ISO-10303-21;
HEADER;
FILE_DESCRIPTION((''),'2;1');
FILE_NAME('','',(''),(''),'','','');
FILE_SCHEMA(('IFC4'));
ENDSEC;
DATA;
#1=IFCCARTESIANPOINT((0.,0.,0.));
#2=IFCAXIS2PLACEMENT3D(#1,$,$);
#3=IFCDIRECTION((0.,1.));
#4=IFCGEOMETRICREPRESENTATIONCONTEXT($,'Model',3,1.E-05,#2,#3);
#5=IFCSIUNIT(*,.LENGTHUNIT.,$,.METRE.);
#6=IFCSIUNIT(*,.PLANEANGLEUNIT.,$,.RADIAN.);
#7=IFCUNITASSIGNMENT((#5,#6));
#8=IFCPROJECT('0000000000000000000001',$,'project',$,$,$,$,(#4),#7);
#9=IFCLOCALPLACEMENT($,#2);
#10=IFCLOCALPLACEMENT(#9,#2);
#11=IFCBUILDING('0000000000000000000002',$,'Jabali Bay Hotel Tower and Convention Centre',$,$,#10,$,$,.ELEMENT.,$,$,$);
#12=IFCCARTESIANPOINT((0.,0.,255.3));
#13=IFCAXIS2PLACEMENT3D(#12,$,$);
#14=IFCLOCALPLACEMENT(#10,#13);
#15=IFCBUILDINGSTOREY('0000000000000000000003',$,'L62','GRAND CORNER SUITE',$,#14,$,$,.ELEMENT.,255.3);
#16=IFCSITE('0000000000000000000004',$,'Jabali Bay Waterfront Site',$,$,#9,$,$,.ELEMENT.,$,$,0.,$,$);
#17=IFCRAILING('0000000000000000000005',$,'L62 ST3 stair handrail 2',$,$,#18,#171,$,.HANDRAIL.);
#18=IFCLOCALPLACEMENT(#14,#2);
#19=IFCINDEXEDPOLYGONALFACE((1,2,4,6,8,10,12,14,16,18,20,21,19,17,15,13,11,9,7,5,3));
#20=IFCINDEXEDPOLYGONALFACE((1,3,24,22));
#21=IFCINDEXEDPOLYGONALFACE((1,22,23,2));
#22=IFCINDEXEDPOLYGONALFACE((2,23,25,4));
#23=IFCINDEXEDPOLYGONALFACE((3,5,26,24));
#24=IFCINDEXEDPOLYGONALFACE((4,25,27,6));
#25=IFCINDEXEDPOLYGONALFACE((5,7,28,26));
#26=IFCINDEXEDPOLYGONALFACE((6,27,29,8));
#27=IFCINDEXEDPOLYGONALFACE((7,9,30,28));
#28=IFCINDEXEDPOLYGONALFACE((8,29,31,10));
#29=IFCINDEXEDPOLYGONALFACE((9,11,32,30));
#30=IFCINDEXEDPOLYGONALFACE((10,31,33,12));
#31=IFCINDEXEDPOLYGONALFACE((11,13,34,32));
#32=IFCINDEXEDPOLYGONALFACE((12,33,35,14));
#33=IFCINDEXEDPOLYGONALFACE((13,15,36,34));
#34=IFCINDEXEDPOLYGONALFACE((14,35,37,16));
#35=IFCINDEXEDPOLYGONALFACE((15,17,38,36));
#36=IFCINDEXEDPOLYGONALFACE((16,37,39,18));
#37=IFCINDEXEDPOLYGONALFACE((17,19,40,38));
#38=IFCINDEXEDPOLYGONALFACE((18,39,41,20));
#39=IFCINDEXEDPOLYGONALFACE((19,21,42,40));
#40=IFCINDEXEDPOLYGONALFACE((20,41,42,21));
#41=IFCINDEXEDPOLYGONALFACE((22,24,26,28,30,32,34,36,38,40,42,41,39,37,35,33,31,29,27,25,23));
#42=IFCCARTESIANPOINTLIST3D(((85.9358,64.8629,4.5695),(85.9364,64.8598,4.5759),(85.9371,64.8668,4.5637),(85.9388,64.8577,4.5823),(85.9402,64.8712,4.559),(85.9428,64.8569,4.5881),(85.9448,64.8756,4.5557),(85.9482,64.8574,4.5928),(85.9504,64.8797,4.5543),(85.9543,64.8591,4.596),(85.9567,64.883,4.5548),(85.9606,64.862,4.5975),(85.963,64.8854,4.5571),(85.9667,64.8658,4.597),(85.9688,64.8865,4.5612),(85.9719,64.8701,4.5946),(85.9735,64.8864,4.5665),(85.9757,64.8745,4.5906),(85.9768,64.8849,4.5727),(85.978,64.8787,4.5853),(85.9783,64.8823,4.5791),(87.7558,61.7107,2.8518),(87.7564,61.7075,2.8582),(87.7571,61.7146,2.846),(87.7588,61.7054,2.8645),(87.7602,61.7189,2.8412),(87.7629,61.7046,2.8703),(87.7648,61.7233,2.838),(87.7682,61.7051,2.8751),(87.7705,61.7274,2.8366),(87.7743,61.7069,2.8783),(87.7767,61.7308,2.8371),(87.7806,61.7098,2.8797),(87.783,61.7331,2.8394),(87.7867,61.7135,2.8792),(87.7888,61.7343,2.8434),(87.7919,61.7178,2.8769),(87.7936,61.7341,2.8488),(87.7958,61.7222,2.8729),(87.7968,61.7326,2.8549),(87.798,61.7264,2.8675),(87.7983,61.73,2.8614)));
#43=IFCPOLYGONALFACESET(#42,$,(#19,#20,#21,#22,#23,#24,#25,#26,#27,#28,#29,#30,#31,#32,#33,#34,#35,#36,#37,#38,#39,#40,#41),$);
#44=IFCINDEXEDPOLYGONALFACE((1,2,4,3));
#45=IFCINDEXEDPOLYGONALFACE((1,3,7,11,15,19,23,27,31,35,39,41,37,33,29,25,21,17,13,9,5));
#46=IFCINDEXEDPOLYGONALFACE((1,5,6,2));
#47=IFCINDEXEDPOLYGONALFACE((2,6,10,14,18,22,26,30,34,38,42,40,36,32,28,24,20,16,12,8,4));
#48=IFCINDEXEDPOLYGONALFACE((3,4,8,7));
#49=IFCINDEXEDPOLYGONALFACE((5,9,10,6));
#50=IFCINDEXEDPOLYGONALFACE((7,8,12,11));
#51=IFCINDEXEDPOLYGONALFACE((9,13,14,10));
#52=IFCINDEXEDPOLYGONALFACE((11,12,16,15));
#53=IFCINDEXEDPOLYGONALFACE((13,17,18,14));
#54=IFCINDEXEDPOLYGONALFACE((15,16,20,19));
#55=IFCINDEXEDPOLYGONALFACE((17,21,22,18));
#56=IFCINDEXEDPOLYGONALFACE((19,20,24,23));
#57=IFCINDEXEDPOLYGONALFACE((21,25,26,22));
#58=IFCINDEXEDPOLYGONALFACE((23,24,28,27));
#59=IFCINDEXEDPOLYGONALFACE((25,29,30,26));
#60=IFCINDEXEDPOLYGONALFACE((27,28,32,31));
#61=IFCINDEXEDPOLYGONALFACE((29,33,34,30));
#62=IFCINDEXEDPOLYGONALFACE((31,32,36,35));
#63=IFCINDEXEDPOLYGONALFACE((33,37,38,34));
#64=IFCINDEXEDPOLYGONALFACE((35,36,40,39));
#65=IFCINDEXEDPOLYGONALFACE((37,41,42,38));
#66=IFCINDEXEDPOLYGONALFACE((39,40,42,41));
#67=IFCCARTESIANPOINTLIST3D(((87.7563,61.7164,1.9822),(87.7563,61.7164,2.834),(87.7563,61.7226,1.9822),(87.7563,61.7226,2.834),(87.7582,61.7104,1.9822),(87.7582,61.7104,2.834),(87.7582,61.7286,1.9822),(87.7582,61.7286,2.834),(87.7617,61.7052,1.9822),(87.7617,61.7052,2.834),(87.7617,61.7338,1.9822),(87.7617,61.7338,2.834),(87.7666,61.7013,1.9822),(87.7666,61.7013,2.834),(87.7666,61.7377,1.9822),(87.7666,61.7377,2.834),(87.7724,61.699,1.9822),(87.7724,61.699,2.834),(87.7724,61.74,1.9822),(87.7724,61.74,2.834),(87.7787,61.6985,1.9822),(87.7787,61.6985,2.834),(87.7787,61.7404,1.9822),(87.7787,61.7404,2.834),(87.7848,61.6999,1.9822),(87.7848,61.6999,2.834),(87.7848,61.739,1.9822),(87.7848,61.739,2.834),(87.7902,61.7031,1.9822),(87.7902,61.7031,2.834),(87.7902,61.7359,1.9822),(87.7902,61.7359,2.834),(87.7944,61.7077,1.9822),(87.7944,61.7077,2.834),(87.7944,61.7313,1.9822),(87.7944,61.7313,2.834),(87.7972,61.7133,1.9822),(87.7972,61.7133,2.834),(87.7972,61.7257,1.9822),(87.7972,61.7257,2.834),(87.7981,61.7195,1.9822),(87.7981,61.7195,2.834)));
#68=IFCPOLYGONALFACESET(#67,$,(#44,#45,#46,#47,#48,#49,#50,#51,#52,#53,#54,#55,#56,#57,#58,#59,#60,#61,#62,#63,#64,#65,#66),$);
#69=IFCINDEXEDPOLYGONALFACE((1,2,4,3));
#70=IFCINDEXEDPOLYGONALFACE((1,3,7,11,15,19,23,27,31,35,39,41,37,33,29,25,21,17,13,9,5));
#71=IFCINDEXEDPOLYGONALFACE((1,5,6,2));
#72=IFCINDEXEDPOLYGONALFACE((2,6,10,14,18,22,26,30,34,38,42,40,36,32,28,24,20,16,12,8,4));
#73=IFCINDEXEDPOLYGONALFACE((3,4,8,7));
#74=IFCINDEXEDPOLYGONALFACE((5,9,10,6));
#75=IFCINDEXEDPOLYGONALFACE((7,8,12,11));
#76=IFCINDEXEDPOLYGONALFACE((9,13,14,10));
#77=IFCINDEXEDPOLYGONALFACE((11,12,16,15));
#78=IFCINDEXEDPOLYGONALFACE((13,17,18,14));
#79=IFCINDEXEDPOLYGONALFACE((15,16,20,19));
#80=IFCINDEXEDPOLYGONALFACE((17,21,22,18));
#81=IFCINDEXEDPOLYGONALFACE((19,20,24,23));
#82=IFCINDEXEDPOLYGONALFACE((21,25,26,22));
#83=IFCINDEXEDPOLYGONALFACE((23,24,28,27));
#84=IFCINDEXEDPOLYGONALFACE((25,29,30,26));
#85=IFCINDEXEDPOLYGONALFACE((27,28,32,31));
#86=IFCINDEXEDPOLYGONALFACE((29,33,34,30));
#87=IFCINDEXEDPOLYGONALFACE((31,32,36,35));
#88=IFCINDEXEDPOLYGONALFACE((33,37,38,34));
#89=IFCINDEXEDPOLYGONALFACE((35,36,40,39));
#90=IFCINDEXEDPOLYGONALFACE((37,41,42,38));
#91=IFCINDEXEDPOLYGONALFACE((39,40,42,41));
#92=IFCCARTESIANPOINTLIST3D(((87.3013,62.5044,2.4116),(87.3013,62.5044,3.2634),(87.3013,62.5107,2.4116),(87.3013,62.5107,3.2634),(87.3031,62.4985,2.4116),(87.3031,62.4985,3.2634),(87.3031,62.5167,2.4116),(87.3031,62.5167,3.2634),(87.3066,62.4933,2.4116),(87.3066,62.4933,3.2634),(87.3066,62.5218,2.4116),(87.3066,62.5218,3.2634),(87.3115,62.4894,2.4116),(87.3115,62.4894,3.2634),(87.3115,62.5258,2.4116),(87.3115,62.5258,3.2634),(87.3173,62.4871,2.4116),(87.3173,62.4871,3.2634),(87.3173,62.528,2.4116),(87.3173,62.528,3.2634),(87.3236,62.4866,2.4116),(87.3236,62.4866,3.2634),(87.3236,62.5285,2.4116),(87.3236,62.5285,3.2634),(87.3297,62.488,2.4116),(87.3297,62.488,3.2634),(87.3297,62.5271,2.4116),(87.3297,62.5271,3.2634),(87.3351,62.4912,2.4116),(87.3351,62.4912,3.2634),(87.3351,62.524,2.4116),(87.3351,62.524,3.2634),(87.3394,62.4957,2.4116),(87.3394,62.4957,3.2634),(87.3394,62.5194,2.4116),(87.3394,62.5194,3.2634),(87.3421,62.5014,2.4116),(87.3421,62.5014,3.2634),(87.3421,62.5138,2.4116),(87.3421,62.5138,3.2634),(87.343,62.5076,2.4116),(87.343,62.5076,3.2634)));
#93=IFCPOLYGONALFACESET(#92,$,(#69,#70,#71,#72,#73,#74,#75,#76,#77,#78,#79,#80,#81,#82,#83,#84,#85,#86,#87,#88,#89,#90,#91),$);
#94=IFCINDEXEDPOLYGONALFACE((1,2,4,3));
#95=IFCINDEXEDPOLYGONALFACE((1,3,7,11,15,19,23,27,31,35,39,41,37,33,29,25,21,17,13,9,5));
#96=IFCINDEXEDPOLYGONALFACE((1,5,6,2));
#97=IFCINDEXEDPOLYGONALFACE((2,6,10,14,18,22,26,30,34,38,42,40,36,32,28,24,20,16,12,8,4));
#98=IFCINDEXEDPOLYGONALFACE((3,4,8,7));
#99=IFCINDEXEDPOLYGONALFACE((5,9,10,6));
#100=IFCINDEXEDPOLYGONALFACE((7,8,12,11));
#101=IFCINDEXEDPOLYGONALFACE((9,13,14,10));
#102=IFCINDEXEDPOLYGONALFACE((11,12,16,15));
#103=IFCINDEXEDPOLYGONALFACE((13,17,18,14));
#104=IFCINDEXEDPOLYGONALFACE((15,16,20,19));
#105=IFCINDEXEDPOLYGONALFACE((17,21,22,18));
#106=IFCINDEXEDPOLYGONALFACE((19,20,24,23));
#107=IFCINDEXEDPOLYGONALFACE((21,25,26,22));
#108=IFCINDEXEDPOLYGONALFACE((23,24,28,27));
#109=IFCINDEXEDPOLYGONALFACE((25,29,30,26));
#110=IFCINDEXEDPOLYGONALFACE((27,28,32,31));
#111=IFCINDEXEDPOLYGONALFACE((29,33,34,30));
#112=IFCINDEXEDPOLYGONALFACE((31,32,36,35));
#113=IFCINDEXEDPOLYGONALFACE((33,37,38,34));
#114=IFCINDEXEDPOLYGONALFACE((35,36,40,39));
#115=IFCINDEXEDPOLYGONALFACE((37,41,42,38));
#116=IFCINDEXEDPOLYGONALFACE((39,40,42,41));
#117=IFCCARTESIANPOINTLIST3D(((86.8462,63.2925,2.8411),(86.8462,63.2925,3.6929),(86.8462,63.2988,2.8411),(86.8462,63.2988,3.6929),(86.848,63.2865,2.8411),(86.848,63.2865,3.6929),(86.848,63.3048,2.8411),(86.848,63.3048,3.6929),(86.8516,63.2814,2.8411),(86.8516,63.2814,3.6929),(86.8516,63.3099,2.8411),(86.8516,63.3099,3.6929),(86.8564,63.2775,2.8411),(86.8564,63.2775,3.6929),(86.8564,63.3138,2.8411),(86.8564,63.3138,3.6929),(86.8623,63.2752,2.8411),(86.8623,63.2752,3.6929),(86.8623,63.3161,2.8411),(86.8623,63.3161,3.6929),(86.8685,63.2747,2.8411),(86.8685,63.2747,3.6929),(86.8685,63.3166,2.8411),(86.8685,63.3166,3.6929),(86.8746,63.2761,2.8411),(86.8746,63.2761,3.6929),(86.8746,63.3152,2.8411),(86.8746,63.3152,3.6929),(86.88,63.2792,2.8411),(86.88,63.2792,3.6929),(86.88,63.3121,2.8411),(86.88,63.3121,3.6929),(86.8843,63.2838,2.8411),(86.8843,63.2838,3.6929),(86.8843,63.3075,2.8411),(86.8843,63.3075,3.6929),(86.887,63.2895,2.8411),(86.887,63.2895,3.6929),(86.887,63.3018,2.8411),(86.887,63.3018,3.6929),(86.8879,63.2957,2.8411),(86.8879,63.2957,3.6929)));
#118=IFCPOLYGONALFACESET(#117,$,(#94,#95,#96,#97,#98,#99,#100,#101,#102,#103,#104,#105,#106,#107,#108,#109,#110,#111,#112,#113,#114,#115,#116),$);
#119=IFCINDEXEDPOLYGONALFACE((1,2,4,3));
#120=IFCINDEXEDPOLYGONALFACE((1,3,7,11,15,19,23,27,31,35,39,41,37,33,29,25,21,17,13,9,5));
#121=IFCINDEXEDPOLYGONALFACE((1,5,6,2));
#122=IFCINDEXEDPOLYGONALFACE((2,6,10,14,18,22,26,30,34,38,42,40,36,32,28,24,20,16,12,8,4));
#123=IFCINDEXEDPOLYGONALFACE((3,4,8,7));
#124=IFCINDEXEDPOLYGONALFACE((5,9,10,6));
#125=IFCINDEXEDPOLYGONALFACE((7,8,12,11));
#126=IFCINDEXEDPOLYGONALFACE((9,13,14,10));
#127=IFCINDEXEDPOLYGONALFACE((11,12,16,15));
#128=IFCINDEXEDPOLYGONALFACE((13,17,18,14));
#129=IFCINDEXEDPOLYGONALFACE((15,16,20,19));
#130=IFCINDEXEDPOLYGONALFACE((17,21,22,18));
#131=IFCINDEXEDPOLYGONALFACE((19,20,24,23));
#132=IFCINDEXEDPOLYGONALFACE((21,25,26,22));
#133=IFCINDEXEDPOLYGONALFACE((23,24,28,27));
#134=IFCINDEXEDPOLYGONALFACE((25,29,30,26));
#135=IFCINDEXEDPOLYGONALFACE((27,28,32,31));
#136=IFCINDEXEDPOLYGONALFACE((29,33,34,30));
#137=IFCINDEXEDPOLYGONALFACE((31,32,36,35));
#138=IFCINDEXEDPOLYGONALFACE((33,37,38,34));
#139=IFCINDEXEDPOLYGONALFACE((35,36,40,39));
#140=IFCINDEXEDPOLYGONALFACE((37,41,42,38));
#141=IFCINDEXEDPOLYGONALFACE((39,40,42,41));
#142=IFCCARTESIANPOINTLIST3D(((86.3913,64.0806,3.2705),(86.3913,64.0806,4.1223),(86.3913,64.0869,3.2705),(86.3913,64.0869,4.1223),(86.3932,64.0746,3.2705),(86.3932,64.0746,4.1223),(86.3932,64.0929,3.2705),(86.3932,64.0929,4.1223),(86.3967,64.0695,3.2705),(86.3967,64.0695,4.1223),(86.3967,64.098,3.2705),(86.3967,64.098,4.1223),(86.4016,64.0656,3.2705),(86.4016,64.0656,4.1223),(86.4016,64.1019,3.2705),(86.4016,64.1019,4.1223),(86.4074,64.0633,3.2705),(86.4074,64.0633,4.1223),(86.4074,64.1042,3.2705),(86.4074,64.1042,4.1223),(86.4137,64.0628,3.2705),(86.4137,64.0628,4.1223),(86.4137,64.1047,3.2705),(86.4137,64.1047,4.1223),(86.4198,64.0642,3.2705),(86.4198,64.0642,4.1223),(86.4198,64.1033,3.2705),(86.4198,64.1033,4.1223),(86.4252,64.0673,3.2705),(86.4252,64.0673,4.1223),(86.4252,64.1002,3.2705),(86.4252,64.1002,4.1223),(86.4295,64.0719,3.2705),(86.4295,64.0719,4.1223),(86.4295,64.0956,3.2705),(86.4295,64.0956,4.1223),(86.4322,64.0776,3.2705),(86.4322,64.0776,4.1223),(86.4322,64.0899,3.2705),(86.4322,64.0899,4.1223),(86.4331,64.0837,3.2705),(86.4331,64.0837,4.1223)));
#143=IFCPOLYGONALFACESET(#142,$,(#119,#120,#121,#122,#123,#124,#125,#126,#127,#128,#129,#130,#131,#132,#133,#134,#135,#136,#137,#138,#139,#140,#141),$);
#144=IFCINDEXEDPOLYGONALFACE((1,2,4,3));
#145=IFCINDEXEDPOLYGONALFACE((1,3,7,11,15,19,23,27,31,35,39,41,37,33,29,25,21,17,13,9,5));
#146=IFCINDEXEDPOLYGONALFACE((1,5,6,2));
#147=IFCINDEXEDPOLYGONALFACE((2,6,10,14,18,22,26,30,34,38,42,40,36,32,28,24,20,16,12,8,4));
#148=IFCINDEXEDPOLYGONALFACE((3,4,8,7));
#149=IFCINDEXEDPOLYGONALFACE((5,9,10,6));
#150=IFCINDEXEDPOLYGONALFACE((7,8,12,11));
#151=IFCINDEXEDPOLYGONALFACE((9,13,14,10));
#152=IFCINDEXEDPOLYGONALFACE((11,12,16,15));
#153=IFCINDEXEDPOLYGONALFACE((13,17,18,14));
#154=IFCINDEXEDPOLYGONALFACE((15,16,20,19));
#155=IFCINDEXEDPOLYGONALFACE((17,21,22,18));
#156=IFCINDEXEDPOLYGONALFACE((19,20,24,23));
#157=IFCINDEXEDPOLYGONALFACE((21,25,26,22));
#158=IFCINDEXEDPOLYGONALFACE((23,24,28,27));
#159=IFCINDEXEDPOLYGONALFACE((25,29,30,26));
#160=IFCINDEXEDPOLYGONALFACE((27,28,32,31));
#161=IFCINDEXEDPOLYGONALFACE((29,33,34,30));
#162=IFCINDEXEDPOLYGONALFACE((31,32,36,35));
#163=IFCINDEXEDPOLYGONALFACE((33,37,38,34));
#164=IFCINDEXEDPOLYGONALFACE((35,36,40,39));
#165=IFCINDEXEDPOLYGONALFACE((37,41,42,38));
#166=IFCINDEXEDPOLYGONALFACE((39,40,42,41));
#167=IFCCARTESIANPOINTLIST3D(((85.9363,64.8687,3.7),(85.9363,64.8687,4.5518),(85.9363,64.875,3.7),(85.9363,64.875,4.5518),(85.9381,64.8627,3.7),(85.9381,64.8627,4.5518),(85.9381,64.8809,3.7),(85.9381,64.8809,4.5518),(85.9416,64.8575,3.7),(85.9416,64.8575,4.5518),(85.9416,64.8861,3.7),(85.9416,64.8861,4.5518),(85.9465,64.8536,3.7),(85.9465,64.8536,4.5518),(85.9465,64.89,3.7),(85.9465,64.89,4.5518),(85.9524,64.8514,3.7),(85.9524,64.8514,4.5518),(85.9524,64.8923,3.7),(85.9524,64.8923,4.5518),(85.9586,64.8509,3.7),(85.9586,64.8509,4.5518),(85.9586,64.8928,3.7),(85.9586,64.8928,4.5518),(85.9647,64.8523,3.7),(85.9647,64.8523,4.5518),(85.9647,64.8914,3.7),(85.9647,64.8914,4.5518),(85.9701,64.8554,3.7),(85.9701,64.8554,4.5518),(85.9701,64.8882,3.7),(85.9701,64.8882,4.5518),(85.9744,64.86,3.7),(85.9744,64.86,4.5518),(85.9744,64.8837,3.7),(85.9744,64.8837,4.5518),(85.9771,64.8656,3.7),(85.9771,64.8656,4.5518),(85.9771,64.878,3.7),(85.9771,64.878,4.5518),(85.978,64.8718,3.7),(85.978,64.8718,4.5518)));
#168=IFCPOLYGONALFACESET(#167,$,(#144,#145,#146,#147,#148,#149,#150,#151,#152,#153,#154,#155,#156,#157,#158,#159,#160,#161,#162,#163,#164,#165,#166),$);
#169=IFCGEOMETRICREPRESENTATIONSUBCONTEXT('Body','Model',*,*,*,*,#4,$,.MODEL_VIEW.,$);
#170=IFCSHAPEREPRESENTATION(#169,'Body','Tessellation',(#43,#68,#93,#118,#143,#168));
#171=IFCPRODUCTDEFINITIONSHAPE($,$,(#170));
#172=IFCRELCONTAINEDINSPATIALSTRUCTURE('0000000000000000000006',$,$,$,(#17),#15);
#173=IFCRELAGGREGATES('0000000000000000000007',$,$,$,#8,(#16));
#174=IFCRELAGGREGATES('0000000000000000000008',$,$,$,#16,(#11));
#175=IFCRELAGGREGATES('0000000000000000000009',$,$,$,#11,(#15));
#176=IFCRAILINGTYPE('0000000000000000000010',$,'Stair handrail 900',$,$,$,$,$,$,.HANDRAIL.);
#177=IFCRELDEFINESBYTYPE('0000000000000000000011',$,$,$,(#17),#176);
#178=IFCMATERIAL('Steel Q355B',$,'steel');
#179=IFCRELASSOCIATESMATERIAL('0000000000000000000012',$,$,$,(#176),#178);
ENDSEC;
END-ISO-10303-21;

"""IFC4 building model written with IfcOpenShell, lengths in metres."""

from ifc_helpers import new_model, si_unit, direction, frame, origin, origin_2d, place, context, subcontext, project, spatial, circle, extrude, material, type_object, element, save


model = new_model("IFC4")

# Units and contexts
model_context = context("Model", 3, precision=1e-05, world=origin(), true_north=direction((0.0, 1.0)))
body_context = subcontext(model_context, "Body", "Model", "MODEL_VIEW")
ifc_project = project(units=[si_unit("LENGTHUNIT", "METRE"), si_unit("PLANEANGLEUNIT", "RADIAN")], contexts=[model_context])

# Site, building, storey
site_placement = place(None, origin())
site = spatial("IfcSite", under=ifc_project, at=site_placement, Name="Jabali Bay Waterfront Site", CompositionType="ELEMENT", RefElevation=0.0)
building_placement = place(site_placement, origin())
building = spatial("IfcBuilding", under=site, at=building_placement, Name="Jabali Bay Hotel Tower and Convention Centre", CompositionType="ELEMENT")
storey_placement = place(building_placement, frame((0.0, 0.0, 255.3)))
storey = spatial("IfcBuildingStorey", under=building, at=storey_placement, Name="L62", Description="GRAND CORNER SUITE", CompositionType="ELEMENT", Elevation=255.3)

# Railing
ifc_material_1 = material(Name="Steel Q355B", Category="steel")
railing_type_1 = type_object("IfcRailingType", Name="Stair handrail 900", PredefinedType="HANDRAIL", material=ifc_material_1)
railing_1_placement = place(storey_placement, frame((87.7771, 61.7195, 1.9822)))
element("IfcRailing", 1, at=railing_1_placement, inside=storey, type_object=railing_type_1, Name="L62 ST3 stair handrail 2", PredefinedType="HANDRAIL", context=body_context, shape_type="SweptSolid", body=[
    extrude(circle(Radius=0.0239, at=origin_2d()), frame((0.0, 0.0, 0.876), z_axis=(-0.45219, 0.78319, 0.426775), x_axis=(-0.866018, -0.500013, 0.0)), (0.0, 0.0, 1.0), 4.0249),
    extrude(circle(Radius=0.021, at=origin_2d()), origin(), (0.0, 0.0, 1.0), 0.8518),
    extrude(circle(Radius=0.021, at=origin_2d()), frame((-0.4551, 0.7881, 0.4294)), (0.0, 0.0, 1.0), 0.8518),
    extrude(circle(Radius=0.021, at=origin_2d()), frame((-0.9102, 1.5762, 0.8589)), (0.0, 0.0, 1.0), 0.8518),
    extrude(circle(Radius=0.021, at=origin_2d()), frame((-1.365, 2.3643, 1.2883)), (0.0, 0.0, 1.0), 0.8518),
    extrude(circle(Radius=0.021, at=origin_2d()), frame((-1.8201, 3.1523, 1.7178)), (0.0, 0.0, 1.0), 0.8518),
])

save(model, "model.ifc")
